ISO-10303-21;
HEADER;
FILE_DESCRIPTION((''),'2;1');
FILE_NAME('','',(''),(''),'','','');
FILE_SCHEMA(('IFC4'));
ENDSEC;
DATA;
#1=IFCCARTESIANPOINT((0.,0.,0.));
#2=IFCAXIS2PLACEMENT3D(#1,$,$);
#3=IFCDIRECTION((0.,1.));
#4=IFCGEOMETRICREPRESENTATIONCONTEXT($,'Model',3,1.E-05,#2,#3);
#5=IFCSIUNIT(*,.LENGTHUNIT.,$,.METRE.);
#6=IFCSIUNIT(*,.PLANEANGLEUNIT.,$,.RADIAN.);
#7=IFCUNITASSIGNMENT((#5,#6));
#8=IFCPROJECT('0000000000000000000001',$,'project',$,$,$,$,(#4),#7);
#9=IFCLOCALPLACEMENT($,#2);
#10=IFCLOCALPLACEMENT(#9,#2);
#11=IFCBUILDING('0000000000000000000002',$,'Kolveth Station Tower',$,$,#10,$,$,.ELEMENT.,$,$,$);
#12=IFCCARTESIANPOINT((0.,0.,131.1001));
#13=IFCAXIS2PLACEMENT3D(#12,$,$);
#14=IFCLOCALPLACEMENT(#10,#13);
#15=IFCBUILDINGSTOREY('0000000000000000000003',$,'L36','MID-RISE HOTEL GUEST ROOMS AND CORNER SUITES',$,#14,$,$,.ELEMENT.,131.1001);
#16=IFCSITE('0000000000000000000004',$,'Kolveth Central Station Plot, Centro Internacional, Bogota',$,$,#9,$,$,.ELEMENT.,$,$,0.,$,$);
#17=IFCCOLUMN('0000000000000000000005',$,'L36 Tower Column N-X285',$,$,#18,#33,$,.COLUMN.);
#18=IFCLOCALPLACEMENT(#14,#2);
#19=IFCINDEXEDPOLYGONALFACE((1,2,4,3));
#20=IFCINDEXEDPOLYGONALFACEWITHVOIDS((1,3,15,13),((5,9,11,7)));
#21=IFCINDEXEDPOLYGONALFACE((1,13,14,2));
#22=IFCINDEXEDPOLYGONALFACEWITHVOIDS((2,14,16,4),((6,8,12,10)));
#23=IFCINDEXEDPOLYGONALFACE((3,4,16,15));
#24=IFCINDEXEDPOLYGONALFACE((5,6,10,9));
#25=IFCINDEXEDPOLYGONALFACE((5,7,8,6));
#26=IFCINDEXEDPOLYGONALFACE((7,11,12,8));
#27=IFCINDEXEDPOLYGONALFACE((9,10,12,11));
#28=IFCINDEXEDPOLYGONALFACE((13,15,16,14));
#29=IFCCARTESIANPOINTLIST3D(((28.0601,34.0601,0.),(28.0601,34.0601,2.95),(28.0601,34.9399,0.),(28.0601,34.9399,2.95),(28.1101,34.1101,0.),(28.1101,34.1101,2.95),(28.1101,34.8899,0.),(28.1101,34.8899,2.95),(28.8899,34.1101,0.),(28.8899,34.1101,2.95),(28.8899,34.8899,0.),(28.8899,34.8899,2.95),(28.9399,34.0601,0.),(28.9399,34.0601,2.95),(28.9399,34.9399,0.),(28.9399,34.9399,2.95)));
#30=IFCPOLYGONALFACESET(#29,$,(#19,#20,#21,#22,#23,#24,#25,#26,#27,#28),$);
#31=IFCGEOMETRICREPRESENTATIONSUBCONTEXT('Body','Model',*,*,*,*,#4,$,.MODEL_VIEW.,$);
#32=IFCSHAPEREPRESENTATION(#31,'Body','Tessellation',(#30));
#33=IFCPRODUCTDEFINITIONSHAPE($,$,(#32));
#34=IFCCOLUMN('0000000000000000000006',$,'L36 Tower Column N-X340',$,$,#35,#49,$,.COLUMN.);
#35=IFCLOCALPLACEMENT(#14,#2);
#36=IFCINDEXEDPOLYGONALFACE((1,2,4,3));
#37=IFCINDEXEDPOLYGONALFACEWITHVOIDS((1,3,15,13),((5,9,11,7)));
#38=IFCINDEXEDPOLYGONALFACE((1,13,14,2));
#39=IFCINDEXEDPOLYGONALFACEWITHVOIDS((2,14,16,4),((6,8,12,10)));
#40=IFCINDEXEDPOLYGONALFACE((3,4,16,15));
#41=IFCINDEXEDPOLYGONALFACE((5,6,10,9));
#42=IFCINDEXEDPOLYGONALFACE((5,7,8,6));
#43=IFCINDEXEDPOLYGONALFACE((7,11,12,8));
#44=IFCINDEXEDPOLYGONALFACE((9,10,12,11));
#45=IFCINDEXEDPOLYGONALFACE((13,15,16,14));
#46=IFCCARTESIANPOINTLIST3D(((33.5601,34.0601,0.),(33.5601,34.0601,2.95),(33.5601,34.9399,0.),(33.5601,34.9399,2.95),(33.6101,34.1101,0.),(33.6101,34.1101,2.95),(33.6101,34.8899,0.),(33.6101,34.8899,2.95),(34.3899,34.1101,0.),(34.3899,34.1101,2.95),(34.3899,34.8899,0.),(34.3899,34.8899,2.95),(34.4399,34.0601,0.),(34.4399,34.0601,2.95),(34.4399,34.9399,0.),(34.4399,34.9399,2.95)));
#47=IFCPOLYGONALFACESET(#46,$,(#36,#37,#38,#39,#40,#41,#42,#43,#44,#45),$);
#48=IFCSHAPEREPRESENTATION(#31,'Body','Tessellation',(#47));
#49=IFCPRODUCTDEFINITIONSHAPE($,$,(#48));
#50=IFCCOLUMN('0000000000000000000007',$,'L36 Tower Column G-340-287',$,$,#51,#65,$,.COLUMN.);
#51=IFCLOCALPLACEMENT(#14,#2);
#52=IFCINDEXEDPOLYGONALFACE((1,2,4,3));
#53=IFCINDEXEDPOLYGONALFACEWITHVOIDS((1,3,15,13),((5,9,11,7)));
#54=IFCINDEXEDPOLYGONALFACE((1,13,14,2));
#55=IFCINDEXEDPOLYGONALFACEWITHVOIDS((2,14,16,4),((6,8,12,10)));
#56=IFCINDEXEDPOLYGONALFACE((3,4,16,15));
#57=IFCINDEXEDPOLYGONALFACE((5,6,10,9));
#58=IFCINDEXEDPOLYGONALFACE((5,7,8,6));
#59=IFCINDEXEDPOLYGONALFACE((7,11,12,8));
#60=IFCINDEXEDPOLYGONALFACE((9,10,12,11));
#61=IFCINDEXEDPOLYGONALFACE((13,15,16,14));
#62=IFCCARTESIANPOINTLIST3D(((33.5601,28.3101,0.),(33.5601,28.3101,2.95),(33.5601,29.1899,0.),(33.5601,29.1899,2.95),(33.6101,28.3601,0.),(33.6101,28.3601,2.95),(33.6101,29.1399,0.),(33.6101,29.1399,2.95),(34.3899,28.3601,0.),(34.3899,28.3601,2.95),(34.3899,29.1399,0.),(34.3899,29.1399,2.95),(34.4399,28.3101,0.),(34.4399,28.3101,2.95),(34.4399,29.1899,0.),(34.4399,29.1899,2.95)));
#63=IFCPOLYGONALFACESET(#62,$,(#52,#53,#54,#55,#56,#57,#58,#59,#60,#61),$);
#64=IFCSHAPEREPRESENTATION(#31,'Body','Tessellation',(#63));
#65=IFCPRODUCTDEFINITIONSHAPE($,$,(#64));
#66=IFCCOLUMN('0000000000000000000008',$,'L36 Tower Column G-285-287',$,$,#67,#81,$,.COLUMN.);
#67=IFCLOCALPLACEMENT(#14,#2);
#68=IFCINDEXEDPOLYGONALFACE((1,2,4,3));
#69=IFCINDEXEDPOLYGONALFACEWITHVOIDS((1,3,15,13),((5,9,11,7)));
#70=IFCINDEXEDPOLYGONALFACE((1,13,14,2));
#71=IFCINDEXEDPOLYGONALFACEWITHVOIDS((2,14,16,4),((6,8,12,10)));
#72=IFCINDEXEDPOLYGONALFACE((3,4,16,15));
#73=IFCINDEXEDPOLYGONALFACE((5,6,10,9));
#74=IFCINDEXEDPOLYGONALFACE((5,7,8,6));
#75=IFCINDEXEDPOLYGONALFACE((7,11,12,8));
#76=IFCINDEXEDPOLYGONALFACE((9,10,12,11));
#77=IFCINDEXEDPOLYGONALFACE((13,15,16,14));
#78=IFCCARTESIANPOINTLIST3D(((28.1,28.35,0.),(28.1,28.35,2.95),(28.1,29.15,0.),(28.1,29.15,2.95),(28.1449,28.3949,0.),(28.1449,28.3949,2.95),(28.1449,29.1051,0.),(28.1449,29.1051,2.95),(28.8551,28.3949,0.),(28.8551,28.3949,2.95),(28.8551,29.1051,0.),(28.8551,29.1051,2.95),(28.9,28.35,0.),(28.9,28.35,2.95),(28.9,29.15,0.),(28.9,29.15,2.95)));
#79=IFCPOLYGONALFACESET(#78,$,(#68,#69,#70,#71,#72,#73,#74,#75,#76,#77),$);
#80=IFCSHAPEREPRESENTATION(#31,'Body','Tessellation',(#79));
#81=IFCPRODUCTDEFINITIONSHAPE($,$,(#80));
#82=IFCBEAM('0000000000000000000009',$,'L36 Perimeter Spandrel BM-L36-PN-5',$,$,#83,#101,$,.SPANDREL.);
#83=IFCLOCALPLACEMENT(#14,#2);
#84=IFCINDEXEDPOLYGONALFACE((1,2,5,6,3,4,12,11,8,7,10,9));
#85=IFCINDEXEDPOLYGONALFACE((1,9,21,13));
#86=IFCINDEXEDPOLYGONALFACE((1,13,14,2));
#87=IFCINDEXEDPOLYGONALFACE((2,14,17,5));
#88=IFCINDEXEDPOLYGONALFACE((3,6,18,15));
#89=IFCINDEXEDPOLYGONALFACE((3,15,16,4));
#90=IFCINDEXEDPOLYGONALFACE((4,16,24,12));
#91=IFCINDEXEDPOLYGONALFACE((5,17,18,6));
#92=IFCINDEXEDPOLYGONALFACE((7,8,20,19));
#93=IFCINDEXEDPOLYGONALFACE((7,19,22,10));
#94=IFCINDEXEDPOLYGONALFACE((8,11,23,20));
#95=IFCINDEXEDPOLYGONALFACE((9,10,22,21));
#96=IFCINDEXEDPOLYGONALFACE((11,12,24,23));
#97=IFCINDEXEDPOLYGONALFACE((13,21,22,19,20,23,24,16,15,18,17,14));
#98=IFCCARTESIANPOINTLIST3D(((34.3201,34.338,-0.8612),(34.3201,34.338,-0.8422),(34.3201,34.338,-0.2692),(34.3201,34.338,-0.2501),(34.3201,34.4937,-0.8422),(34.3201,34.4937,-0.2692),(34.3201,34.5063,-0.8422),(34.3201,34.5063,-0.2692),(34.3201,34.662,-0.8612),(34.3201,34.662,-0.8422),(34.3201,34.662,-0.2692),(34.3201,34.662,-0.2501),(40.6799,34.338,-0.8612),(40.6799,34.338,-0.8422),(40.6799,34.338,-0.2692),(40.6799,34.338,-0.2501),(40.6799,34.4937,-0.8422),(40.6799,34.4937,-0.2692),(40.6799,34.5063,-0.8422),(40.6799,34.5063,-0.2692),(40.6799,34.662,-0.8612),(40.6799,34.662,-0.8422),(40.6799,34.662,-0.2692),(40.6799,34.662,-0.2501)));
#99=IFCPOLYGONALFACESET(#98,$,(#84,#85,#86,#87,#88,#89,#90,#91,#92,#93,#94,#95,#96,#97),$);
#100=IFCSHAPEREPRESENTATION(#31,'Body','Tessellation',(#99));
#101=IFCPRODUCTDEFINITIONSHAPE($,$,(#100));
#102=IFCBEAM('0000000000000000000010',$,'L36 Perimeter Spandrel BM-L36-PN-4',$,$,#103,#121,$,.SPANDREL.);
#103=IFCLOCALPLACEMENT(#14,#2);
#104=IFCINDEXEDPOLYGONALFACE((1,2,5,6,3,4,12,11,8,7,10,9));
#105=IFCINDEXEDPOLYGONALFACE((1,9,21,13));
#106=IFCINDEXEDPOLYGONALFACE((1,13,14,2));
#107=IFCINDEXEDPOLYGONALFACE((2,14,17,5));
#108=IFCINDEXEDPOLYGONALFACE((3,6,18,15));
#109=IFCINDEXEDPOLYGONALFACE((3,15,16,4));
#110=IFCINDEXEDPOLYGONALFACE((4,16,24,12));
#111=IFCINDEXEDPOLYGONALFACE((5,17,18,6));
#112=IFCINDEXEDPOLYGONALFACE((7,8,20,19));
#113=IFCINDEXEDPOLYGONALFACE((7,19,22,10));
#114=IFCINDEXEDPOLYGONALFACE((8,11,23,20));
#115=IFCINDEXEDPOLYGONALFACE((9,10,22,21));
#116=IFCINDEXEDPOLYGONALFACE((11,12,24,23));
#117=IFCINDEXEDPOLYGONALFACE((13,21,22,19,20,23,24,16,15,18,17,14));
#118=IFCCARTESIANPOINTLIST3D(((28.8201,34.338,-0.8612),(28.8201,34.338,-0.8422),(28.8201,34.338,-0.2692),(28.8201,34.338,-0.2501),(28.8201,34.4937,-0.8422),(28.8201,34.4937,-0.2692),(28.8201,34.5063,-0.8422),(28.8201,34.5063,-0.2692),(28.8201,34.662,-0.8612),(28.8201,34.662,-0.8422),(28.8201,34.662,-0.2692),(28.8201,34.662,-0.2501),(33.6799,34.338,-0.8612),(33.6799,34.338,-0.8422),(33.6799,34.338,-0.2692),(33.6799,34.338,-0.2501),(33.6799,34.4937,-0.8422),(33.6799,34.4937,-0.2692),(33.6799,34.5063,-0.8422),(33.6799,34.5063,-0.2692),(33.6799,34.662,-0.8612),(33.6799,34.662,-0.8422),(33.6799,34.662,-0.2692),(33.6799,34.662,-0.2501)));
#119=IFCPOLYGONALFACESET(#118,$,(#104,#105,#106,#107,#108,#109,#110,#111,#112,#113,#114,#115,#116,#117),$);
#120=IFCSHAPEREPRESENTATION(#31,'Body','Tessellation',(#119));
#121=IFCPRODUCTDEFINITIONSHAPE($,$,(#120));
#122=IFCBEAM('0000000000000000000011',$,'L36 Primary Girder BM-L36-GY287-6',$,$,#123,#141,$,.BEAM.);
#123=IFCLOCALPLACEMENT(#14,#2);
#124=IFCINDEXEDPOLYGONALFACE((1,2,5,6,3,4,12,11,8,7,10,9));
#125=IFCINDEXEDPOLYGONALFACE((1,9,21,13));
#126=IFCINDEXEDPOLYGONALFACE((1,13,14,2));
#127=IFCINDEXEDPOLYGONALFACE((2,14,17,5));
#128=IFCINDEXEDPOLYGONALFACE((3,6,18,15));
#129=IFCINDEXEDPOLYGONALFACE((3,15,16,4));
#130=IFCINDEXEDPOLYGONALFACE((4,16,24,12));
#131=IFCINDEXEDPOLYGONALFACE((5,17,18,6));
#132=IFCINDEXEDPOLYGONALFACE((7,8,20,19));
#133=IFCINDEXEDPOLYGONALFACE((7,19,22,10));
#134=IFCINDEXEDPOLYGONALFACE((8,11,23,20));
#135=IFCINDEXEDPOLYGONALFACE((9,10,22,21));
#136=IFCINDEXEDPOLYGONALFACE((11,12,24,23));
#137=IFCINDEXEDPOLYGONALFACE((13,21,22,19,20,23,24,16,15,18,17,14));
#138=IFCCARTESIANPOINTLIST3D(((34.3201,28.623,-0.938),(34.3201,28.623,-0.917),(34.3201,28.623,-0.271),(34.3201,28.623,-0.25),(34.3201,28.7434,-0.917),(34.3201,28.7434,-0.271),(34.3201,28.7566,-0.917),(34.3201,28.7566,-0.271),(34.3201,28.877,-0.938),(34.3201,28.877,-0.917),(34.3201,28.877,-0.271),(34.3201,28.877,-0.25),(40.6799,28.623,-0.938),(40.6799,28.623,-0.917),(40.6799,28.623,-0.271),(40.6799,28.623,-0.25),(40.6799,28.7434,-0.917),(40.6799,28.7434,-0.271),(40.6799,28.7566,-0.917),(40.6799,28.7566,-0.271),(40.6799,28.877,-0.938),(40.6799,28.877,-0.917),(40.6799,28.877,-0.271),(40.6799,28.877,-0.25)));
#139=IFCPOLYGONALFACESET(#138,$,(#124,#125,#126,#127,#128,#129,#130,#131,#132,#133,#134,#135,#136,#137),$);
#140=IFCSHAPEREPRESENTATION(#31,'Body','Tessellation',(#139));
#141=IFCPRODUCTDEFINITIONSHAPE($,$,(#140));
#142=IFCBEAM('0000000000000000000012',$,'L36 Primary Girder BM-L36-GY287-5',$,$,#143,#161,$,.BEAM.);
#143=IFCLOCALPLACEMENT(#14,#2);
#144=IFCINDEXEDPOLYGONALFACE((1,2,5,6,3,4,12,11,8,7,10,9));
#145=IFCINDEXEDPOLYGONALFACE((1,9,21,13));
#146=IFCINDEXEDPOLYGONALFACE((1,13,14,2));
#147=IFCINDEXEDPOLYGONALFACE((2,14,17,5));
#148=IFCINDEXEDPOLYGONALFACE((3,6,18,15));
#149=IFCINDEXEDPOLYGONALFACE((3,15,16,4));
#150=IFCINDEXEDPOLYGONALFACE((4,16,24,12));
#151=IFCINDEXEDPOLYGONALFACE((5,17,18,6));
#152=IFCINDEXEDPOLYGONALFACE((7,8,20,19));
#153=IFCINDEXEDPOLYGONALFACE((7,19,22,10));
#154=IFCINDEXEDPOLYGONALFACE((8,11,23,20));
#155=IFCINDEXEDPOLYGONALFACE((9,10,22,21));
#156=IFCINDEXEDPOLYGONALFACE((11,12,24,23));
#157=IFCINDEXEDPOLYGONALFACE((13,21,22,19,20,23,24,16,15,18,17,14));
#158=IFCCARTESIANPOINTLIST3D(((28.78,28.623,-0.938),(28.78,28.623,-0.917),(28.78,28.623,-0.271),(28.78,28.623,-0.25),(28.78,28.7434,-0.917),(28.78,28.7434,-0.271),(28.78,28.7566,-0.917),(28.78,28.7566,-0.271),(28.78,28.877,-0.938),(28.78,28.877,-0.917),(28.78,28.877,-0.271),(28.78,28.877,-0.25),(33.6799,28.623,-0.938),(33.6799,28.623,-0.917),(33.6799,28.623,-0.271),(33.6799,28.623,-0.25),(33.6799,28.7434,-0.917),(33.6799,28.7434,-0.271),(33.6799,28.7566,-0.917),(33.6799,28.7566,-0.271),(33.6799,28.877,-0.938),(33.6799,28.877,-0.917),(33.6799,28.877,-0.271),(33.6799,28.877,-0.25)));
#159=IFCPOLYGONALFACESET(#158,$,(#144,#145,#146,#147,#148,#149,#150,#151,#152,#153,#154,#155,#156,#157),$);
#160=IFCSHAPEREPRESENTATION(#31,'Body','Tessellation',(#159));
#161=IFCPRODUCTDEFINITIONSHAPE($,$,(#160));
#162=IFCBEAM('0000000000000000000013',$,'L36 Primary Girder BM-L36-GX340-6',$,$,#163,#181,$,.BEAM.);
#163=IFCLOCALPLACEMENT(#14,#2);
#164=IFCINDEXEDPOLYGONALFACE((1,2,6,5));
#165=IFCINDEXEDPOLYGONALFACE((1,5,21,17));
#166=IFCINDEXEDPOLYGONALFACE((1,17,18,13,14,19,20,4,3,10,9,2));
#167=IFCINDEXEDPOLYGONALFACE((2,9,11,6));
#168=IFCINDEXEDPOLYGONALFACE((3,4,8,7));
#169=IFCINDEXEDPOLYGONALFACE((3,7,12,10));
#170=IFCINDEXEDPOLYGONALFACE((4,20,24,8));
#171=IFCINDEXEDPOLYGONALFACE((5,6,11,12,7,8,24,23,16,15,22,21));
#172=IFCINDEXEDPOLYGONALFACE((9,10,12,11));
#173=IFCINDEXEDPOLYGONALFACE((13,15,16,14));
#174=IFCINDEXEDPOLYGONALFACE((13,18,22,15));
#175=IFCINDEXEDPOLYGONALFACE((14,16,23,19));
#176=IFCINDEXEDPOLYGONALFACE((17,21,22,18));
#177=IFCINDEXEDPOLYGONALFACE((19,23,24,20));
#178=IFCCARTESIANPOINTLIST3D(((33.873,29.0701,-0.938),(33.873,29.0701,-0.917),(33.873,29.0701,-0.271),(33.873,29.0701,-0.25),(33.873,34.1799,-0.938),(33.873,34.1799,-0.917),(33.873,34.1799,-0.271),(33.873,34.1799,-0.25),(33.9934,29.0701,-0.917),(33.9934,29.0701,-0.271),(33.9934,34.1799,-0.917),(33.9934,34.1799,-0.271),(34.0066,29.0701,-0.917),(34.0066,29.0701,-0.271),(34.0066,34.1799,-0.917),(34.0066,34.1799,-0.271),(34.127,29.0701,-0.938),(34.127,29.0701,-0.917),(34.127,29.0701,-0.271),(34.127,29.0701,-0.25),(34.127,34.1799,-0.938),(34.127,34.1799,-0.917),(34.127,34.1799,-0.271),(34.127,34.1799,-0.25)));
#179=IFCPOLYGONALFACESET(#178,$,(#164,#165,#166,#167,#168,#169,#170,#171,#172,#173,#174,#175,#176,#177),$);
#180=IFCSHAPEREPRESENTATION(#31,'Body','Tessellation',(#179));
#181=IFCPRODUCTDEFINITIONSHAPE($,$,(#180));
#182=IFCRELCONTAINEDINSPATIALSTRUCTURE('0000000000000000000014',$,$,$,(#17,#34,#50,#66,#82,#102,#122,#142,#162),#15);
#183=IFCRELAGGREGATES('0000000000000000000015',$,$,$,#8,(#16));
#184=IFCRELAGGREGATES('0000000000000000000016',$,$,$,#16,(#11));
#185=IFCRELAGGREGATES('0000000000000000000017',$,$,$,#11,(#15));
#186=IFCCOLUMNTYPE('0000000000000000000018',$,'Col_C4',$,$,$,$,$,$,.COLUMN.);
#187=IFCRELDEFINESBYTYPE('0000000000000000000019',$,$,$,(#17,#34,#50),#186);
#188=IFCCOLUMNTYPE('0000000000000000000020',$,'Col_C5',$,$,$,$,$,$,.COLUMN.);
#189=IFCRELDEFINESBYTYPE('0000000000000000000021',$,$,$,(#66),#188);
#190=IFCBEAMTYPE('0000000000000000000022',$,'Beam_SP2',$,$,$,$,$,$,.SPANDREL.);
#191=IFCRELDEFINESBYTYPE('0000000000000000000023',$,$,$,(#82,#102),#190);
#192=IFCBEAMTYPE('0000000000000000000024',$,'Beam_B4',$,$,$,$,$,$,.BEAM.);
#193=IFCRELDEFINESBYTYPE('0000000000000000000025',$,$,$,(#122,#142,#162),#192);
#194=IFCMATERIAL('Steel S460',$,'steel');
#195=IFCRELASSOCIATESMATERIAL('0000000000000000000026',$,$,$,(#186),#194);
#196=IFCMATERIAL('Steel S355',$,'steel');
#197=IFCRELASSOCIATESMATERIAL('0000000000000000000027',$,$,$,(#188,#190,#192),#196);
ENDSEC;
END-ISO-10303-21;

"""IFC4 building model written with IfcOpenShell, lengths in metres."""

from ifc_helpers import new_model, si_unit, direction, frame, origin, origin_2d, place, context, subcontext, project, spatial, hollow_rectangle, i_section, extrude, source, transform, mapped, material, material_profile, profile_set, type_object, element, save


model = new_model("IFC4")

# Units and contexts
model_context = context("Model", 3, precision=1e-05, world=origin(), true_north=direction((0.0, 1.0)))
body_context = subcontext(model_context, "Body", "Model", "MODEL_VIEW")
ifc_project = project(units=[si_unit("LENGTHUNIT", "METRE"), si_unit("PLANEANGLEUNIT", "RADIAN")], contexts=[model_context])

# Site, building, storey
site_placement = place(None, origin())
site = spatial("IfcSite", under=ifc_project, at=site_placement, Name="Kolveth Central Station Plot, Centro Internacional, Bogota", CompositionType="ELEMENT", RefElevation=0.0)
building_placement = place(site_placement, origin())
building = spatial("IfcBuilding", under=site, at=building_placement, Name="Kolveth Station Tower", CompositionType="ELEMENT")
storey_placement = place(building_placement, frame((0.0, 0.0, 131.1001)))
storey = spatial("IfcBuildingStorey", under=building, at=storey_placement, Name="L36", Description="MID-RISE HOTEL GUEST ROOMS AND CORNER SUITES", CompositionType="ELEMENT", Elevation=131.1001)

# Columns
ifc_material_1 = material(Name="Steel S460", Category="steel")
ifc_material_profile_1 = material_profile(ifc_material_1, hollow_rectangle(XDim=0.8799, YDim=0.8799, WallThickness=0.05, at=origin_2d()), Name="BOX880x880x50")
ifc_profile_set_1 = profile_set([ifc_material_profile_1], Name="Steel S460")
column_type_1 = type_object("IfcColumnType", Name="Col_C4", PredefinedType="COLUMN", material=ifc_profile_set_1)
shared_shape_1 = source(origin(), body_context, "Body", "SweptSolid", [
    extrude(hollow_rectangle(XDim=0.8799, YDim=0.8799, WallThickness=0.05, at=origin_2d()), origin(), (0.0, 0.0, 1.0), 2.95),
])
for number, where, z_axis, x_axis, name in (
    (1, (28.5, 34.5, 0.0), (0.0, 0.0, 1.0), (1.0, 0.0, 0.0), "L36 Tower Column N-X285"),
    (2, (34.0, 34.5, 0.0), (0.0, 0.0, 1.0), (1.0, 0.0, 0.0), "L36 Tower Column N-X340"),
    (3, (34.0, 28.75, 0.0), (0.0, 0.0, 1.0), (1.0, 0.0, 0.0), "L36 Tower Column G-340-287"),
):
    element("IfcColumn", number, at=place(storey_placement, frame(where, z_axis=z_axis, x_axis=x_axis)), inside=storey, type_object=column_type_1, Name=name, PredefinedType="COLUMN", context=body_context, shape_type="MappedRepresentation", body=[
        mapped(shared_shape_1, transform((0.0, 0.0, 0.0), x_axis=(1.0, 0.0, 0.0), y_axis=(0.0, 1.0, 0.0), z_axis=(0.0, 0.0, 1.0), scale=1.0)),
    ])
ifc_material_2 = material(Name="Steel S355", Category="steel")
ifc_material_profile_2 = material_profile(ifc_material_2, hollow_rectangle(XDim=0.8, YDim=0.8, WallThickness=0.0449, at=origin_2d()), Name="BOX800x800x45")
ifc_profile_set_2 = profile_set([ifc_material_profile_2], Name="Steel S355")
column_type_2 = type_object("IfcColumnType", Name="Col_C5", PredefinedType="COLUMN", material=ifc_profile_set_2)
shared_shape_2 = source(origin(), body_context, "Body", "SweptSolid", [
    extrude(hollow_rectangle(XDim=0.8, YDim=0.8, WallThickness=0.0449, at=origin_2d()), origin(), (0.0, 0.0, 1.0), 2.95),
])
column_placement = place(storey_placement, frame((28.5, 28.75, 0.0), z_axis=(0.0, 0.0, 1.0), x_axis=(1.0, 0.0, 0.0)))
element("IfcColumn", 4, at=column_placement, inside=storey, type_object=column_type_2, Name="L36 Tower Column G-285-287", PredefinedType="COLUMN", context=body_context, shape_type="MappedRepresentation", body=[
    mapped(shared_shape_2, transform((0.0, 0.0, 0.0), x_axis=(1.0, 0.0, 0.0), y_axis=(0.0, 1.0, 0.0), z_axis=(0.0, 0.0, 1.0), scale=1.0)),
])

# Beams
ifc_material_profile_3 = material_profile(ifc_material_2, i_section(OverallWidth=0.324, OverallDepth=0.6111, WebThickness=0.0127, FlangeThickness=0.019, at=origin_2d()), Name="W610x155")
ifc_profile_set_3 = profile_set([ifc_material_profile_3], Name="Steel S355")
beam_type_1 = type_object("IfcBeamType", Name="Beam_SP2", PredefinedType="SPANDREL", material=ifc_profile_set_3)
shared_shape_3 = source(origin(), body_context, "Body", "SweptSolid", [
    extrude(i_section(OverallWidth=0.324, OverallDepth=0.6111, WebThickness=0.0127, FlangeThickness=0.019, at=origin_2d()), origin(), (0.0, 0.0, 1.0), 6.3599),
])
beam_1_placement = place(storey_placement, frame((34.3201, 34.5, -0.5557), z_axis=(1.0, 0.0, 0.0), x_axis=(0.0, 1.0, 0.0)))
element("IfcBeam", 5, at=beam_1_placement, inside=storey, type_object=beam_type_1, Name="L36 Perimeter Spandrel BM-L36-PN-5", PredefinedType="SPANDREL", context=body_context, shape_type="MappedRepresentation", body=[
    mapped(shared_shape_3, transform((0.0, 0.0, 0.0), x_axis=(1.0, 0.0, 0.0), y_axis=(0.0, 1.0, 0.0), z_axis=(0.0, 0.0, 1.0), scale=1.0)),
])
shared_shape_4 = source(origin(), body_context, "Body", "SweptSolid", [
    extrude(i_section(OverallWidth=0.324, OverallDepth=0.6111, WebThickness=0.0127, FlangeThickness=0.019, at=origin_2d()), origin(), (0.0, 0.0, 1.0), 4.8599),
])
beam_2_placement = place(storey_placement, frame((28.8201, 34.5, -0.5557), z_axis=(1.0, 0.0, 0.0), x_axis=(0.0, 1.0, 0.0)))
element("IfcBeam", 6, at=beam_2_placement, inside=storey, type_object=beam_type_1, Name="L36 Perimeter Spandrel BM-L36-PN-4", PredefinedType="SPANDREL", context=body_context, shape_type="MappedRepresentation", body=[
    mapped(shared_shape_4, transform((0.0, 0.0, 0.0), x_axis=(1.0, 0.0, 0.0), y_axis=(0.0, 1.0, 0.0), z_axis=(0.0, 0.0, 1.0), scale=1.0)),
])
ifc_material_profile_4 = material_profile(ifc_material_2, i_section(OverallWidth=0.2539, OverallDepth=0.688, WebThickness=0.0132, FlangeThickness=0.021, at=origin_2d()), Name="W690x152")
ifc_profile_set_4 = profile_set([ifc_material_profile_4], Name="Steel S355")
beam_type_2 = type_object("IfcBeamType", Name="Beam_B4", PredefinedType="BEAM", material=ifc_profile_set_4)
shared_shape_5 = source(origin(), body_context, "Body", "SweptSolid", [
    extrude(i_section(OverallWidth=0.2539, OverallDepth=0.688, WebThickness=0.0132, FlangeThickness=0.021, at=origin_2d()), origin(), (0.0, 0.0, 1.0), 6.3599),
])
beam_3_placement = place(storey_placement, frame((34.3201, 28.75, -0.594), z_axis=(1.0, 0.0, 0.0), x_axis=(0.0, 1.0, 0.0)))
element("IfcBeam", 7, at=beam_3_placement, inside=storey, type_object=beam_type_2, Name="L36 Primary Girder BM-L36-GY287-6", PredefinedType="BEAM", context=body_context, shape_type="MappedRepresentation", body=[
    mapped(shared_shape_5, transform((0.0, 0.0, 0.0), x_axis=(1.0, 0.0, 0.0), y_axis=(0.0, 1.0, 0.0), z_axis=(0.0, 0.0, 1.0), scale=1.0)),
])
shared_shape_6 = source(origin(), body_context, "Body", "SweptSolid", [
    extrude(i_section(OverallWidth=0.2539, OverallDepth=0.688, WebThickness=0.0132, FlangeThickness=0.021, at=origin_2d()), origin(), (0.0, 0.0, 1.0), 4.8999),
])
beam_4_placement = place(storey_placement, frame((28.78, 28.75, -0.594), z_axis=(1.0, 0.0, 0.0), x_axis=(0.0, 1.0, 0.0)))
element("IfcBeam", 8, at=beam_4_placement, inside=storey, type_object=beam_type_2, Name="L36 Primary Girder BM-L36-GY287-5", PredefinedType="BEAM", context=body_context, shape_type="MappedRepresentation", body=[
    mapped(shared_shape_6, transform((0.0, 0.0, 0.0), x_axis=(1.0, 0.0, 0.0), y_axis=(0.0, 1.0, 0.0), z_axis=(0.0, 0.0, 1.0), scale=1.0)),
])
shared_shape_7 = source(origin(), body_context, "Body", "SweptSolid", [
    extrude(i_section(OverallWidth=0.2539, OverallDepth=0.688, WebThickness=0.0132, FlangeThickness=0.021, at=origin_2d()), origin(), (0.0, 0.0, 1.0), 5.1099),
])
beam_5_placement = place(storey_placement, frame((34.0, 29.0701, -0.594), z_axis=(0.0, 1.0, 0.0), x_axis=(-1.0, 0.0, 0.0)))
element("IfcBeam", 9, at=beam_5_placement, inside=storey, type_object=beam_type_2, Name="L36 Primary Girder BM-L36-GX340-6", PredefinedType="BEAM", context=body_context, shape_type="MappedRepresentation", body=[
    mapped(shared_shape_7, transform((0.0, 0.0, 0.0), x_axis=(1.0, 0.0, 0.0), y_axis=(0.0, 1.0, 0.0), z_axis=(0.0, 0.0, 1.0), scale=1.0)),
])

save(model, "model.ifc")
